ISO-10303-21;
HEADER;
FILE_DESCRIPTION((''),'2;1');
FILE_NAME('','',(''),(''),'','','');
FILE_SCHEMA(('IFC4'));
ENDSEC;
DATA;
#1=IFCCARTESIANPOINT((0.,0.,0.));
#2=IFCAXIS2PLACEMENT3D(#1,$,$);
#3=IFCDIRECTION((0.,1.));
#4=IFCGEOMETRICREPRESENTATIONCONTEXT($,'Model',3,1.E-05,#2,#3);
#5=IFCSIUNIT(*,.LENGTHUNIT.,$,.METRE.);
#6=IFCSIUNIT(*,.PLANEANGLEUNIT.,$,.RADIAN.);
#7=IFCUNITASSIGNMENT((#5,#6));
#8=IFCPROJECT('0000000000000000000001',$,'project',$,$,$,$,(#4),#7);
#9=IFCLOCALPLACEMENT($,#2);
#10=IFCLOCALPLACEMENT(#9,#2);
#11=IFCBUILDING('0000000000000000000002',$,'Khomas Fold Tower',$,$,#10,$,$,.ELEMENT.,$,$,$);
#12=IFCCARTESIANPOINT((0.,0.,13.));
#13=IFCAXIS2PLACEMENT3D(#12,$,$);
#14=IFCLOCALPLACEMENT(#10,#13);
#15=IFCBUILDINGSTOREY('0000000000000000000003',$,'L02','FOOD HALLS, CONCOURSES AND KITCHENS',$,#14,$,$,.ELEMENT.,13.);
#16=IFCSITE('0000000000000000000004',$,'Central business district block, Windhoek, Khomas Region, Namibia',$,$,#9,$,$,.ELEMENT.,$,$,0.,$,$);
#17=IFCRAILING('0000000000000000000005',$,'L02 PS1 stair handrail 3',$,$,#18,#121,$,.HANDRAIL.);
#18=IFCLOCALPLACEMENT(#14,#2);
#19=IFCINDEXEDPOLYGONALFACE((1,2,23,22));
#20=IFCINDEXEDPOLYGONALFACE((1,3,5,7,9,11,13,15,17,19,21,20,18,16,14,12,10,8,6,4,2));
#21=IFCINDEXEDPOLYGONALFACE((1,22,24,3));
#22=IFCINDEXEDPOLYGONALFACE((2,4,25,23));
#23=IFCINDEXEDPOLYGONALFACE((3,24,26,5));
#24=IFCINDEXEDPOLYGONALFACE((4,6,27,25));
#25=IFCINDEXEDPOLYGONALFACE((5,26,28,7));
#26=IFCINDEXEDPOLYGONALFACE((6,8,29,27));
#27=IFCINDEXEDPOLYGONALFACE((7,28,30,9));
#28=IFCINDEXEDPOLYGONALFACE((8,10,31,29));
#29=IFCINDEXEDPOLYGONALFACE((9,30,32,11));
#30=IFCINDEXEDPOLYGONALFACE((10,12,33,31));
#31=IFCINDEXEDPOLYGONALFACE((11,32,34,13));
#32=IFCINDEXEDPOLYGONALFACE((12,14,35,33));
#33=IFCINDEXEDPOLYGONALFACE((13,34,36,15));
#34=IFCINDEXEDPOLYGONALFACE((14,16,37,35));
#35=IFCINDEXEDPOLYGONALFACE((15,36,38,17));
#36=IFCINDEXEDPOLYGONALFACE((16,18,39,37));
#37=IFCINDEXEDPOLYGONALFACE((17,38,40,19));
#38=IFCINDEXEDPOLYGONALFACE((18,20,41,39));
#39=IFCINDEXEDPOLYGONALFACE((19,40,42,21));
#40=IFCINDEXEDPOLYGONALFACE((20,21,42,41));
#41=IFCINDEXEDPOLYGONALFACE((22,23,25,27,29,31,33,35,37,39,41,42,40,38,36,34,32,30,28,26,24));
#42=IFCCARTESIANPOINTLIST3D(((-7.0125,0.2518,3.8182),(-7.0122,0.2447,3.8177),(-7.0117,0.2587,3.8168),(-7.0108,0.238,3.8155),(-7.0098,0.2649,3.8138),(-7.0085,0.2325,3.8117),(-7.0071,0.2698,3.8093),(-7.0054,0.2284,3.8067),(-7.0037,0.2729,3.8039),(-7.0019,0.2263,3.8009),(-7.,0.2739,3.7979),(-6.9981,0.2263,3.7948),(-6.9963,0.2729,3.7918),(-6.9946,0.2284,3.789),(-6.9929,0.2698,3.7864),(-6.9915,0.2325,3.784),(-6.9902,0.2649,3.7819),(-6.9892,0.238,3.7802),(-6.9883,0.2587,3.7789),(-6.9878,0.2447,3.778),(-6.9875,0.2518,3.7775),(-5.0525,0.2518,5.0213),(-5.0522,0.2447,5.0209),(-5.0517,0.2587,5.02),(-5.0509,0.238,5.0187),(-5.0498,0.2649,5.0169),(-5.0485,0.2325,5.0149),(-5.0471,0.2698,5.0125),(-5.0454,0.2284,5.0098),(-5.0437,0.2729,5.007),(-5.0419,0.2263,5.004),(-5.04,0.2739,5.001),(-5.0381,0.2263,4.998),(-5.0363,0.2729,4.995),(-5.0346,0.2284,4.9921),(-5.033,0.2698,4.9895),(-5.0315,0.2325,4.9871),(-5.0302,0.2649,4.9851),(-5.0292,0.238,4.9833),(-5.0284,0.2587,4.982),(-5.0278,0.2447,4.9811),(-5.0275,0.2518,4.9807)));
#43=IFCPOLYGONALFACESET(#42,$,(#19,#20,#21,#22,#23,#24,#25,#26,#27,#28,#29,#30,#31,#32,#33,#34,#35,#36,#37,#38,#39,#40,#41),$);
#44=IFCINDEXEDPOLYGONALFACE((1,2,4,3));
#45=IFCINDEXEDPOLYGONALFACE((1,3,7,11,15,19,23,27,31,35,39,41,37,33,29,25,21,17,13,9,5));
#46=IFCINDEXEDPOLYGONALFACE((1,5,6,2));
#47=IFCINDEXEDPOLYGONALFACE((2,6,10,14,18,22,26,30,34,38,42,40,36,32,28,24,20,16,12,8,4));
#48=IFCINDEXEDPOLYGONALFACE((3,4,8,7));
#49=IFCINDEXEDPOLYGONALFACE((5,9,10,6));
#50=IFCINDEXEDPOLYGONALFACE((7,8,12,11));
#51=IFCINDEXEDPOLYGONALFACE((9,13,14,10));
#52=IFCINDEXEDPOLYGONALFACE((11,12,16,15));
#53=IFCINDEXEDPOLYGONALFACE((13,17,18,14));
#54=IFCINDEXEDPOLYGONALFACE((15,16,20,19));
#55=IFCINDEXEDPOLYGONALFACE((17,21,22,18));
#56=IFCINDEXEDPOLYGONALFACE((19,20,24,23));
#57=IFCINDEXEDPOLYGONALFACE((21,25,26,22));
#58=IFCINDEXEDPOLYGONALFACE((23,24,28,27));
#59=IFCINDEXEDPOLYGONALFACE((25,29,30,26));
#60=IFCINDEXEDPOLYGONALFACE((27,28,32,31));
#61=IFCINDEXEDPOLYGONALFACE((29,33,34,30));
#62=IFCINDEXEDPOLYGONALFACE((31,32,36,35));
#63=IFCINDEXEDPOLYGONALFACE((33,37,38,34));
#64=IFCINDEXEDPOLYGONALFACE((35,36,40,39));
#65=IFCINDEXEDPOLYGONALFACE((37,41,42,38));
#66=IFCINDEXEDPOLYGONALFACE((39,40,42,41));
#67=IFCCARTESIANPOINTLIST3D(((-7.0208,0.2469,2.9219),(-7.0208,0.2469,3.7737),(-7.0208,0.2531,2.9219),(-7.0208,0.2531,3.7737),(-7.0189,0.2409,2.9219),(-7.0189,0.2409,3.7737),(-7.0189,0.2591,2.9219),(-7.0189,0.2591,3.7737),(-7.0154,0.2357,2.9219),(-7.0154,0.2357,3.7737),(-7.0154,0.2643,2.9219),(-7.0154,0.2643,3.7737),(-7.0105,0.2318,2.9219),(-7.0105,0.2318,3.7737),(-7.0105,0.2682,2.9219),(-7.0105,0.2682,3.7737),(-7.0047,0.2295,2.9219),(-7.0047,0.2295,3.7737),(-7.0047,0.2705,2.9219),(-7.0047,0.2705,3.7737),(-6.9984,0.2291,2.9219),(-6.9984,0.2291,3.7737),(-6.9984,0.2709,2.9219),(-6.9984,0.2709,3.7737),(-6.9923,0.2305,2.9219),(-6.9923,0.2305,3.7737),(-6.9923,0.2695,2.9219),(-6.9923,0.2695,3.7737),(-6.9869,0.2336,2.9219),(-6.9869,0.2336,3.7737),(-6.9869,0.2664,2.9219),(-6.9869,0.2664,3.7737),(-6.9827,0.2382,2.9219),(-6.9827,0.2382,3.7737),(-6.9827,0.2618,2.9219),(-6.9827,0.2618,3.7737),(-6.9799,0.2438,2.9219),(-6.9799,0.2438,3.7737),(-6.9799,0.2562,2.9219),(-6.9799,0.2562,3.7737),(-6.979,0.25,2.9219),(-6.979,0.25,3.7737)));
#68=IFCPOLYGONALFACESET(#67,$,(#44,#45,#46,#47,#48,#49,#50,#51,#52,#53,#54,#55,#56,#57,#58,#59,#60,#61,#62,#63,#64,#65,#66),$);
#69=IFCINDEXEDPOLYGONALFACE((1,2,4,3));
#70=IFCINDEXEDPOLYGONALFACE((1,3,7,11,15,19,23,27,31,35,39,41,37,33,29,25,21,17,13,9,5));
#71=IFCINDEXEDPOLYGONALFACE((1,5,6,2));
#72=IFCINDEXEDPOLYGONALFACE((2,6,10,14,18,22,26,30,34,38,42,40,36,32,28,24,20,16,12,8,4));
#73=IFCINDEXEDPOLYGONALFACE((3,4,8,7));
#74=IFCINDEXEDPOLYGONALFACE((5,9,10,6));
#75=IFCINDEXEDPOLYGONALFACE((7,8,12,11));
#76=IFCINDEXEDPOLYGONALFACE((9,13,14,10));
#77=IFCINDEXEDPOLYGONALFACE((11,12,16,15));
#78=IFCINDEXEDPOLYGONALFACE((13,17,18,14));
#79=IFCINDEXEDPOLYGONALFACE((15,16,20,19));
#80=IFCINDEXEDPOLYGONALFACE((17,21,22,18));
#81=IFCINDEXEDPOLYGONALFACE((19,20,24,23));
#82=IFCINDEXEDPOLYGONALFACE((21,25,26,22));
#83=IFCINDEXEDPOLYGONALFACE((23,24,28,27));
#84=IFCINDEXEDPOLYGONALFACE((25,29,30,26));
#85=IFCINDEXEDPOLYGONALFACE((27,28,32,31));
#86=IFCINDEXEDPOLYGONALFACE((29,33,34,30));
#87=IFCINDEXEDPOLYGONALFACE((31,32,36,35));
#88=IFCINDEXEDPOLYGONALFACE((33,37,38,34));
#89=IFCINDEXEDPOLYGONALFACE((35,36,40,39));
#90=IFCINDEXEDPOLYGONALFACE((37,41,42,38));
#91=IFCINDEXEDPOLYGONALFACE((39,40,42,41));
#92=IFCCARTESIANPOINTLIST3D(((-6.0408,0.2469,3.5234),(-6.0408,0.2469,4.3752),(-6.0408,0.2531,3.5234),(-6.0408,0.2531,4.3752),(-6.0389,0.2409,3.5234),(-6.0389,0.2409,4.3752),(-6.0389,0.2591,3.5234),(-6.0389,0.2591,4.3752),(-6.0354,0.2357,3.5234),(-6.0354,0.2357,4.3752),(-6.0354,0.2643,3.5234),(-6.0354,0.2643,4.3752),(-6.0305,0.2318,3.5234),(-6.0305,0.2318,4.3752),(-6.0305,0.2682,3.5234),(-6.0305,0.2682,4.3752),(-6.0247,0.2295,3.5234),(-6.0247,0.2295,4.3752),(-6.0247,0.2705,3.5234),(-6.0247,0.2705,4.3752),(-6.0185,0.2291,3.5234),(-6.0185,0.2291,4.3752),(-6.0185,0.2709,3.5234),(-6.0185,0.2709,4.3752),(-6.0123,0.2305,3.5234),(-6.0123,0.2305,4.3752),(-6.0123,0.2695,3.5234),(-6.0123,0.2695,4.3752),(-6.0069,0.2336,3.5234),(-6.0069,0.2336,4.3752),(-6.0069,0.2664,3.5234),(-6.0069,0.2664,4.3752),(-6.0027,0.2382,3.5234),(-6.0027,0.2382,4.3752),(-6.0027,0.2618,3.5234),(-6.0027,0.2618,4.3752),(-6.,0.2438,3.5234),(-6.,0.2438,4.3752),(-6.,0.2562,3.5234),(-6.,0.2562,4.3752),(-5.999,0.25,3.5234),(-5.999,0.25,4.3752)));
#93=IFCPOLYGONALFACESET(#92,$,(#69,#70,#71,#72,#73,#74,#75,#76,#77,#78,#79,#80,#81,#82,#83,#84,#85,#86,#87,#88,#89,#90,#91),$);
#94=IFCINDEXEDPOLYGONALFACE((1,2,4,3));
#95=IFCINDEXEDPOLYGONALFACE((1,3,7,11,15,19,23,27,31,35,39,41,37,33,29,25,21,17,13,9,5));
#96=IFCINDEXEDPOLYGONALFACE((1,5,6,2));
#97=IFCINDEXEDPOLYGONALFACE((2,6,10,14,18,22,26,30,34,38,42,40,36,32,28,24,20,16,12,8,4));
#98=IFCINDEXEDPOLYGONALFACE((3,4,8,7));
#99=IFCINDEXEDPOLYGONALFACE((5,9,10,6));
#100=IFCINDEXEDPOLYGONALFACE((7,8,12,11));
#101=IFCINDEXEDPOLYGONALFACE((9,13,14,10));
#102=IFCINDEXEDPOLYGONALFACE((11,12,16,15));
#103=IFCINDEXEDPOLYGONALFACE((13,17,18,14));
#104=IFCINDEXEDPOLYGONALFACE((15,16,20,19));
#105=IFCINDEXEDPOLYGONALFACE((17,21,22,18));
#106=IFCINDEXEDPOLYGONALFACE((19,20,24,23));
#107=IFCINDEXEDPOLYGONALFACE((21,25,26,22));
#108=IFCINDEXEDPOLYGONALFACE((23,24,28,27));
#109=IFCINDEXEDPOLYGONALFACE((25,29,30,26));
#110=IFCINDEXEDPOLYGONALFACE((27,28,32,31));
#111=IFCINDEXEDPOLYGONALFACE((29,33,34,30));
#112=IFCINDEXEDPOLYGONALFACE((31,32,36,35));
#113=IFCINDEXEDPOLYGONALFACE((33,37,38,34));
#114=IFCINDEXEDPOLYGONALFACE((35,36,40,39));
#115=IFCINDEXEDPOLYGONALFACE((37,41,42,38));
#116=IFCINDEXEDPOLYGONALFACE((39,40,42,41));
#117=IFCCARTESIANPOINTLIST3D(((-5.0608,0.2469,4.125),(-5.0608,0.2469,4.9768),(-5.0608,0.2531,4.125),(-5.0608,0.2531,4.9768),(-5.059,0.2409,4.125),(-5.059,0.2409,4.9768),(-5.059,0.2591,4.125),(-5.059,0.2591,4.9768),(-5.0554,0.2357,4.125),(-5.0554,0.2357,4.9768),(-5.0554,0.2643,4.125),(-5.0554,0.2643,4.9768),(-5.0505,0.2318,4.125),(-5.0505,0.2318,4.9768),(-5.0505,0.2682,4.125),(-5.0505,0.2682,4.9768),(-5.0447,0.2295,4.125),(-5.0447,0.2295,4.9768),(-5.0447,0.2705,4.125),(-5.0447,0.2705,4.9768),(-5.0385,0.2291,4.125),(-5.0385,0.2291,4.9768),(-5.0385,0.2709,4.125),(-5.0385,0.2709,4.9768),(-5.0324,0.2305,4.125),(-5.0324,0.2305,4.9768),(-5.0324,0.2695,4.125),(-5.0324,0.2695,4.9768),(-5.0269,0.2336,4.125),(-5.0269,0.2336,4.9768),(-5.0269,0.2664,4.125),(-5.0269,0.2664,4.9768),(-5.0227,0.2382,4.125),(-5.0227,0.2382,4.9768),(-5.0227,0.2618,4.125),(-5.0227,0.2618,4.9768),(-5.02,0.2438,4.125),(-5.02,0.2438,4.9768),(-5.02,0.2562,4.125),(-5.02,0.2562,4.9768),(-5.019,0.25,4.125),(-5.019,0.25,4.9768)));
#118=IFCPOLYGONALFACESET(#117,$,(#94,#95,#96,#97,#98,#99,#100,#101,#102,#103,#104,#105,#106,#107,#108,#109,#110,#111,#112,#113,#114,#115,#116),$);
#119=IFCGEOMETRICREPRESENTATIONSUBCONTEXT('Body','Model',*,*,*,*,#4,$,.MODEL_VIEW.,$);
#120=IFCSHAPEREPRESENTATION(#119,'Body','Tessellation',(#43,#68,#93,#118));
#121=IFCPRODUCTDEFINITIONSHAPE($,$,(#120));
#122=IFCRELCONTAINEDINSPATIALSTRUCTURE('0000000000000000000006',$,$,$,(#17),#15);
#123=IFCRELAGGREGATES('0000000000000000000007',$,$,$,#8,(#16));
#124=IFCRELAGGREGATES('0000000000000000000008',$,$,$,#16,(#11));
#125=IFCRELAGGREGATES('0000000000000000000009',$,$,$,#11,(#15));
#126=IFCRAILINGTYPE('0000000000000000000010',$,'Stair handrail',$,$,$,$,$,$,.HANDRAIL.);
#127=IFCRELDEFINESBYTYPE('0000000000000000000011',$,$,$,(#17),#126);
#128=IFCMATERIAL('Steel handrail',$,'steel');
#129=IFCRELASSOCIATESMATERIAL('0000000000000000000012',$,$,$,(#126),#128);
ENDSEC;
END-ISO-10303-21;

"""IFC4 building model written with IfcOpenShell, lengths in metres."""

from ifc_helpers import new_model, si_unit, direction, frame, origin, origin_2d, place, context, subcontext, project, spatial, circle, extrude, source, transform, mapped, material, type_object, element, save


model = new_model("IFC4")

# Units and contexts
model_context = context("Model", 3, precision=1e-05, world=origin(), true_north=direction((0.0, 1.0)))
body_context = subcontext(model_context, "Body", "Model", "MODEL_VIEW")
ifc_project = project(units=[si_unit("LENGTHUNIT", "METRE"), si_unit("PLANEANGLEUNIT", "RADIAN")], contexts=[model_context])

# Site, building, storey
site_placement = place(None, origin())
site = spatial("IfcSite", under=ifc_project, at=site_placement, Name="Central business district block, Windhoek, Khomas Region, Namibia", CompositionType="ELEMENT", RefElevation=0.0)
building_placement = place(site_placement, origin())
building = spatial("IfcBuilding", under=site, at=building_placement, Name="Khomas Fold Tower", CompositionType="ELEMENT")
storey_placement = place(building_placement, frame((0.0, 0.0, 13.0)))
storey = spatial("IfcBuildingStorey", under=building, at=storey_placement, Name="L02", Description="FOOD HALLS, CONCOURSES AND KITCHENS", CompositionType="ELEMENT", Elevation=13.0)

# Railing
ifc_material_1 = material(Name="Steel handrail", Category="steel")
railing_type_1 = type_object("IfcRailingType", Name="Stair handrail", PredefinedType="HANDRAIL", material=ifc_material_1)
shared_shape_1 = source(origin(), body_context, "Body", "SweptSolid", [
    extrude(circle(Radius=0.0239, at=origin_2d()), frame((0.0, 0.0, 0.876), z_axis=(0.852241, 0.0, 0.523149), x_axis=(0.0, 1.0, 0.0)), (0.0, 0.0, 1.0), 2.2998),
    extrude(circle(Radius=0.021, at=origin_2d()), origin(), (0.0, 0.0, 1.0), 0.8518),
    extrude(circle(Radius=0.021, at=origin_2d()), frame((0.98, 0.0, 0.6016)), (0.0, 0.0, 1.0), 0.8518),
    extrude(circle(Radius=0.021, at=origin_2d()), frame((1.96, 0.0, 1.2031)), (0.0, 0.0, 1.0), 0.8518),
])
for number, where, name in (
    (1, (-7.0, 0.25, 2.9219), "L02 PS1 stair handrail 3"),
):
    element("IfcRailing", number, at=place(storey_placement, frame(where)), inside=storey, type_object=railing_type_1, Name=name, PredefinedType="HANDRAIL", context=body_context, shape_type="MappedRepresentation", body=[
        mapped(shared_shape_1, transform((0.0, 0.0, 0.0))),
    ])

save(model, "model.ifc")
